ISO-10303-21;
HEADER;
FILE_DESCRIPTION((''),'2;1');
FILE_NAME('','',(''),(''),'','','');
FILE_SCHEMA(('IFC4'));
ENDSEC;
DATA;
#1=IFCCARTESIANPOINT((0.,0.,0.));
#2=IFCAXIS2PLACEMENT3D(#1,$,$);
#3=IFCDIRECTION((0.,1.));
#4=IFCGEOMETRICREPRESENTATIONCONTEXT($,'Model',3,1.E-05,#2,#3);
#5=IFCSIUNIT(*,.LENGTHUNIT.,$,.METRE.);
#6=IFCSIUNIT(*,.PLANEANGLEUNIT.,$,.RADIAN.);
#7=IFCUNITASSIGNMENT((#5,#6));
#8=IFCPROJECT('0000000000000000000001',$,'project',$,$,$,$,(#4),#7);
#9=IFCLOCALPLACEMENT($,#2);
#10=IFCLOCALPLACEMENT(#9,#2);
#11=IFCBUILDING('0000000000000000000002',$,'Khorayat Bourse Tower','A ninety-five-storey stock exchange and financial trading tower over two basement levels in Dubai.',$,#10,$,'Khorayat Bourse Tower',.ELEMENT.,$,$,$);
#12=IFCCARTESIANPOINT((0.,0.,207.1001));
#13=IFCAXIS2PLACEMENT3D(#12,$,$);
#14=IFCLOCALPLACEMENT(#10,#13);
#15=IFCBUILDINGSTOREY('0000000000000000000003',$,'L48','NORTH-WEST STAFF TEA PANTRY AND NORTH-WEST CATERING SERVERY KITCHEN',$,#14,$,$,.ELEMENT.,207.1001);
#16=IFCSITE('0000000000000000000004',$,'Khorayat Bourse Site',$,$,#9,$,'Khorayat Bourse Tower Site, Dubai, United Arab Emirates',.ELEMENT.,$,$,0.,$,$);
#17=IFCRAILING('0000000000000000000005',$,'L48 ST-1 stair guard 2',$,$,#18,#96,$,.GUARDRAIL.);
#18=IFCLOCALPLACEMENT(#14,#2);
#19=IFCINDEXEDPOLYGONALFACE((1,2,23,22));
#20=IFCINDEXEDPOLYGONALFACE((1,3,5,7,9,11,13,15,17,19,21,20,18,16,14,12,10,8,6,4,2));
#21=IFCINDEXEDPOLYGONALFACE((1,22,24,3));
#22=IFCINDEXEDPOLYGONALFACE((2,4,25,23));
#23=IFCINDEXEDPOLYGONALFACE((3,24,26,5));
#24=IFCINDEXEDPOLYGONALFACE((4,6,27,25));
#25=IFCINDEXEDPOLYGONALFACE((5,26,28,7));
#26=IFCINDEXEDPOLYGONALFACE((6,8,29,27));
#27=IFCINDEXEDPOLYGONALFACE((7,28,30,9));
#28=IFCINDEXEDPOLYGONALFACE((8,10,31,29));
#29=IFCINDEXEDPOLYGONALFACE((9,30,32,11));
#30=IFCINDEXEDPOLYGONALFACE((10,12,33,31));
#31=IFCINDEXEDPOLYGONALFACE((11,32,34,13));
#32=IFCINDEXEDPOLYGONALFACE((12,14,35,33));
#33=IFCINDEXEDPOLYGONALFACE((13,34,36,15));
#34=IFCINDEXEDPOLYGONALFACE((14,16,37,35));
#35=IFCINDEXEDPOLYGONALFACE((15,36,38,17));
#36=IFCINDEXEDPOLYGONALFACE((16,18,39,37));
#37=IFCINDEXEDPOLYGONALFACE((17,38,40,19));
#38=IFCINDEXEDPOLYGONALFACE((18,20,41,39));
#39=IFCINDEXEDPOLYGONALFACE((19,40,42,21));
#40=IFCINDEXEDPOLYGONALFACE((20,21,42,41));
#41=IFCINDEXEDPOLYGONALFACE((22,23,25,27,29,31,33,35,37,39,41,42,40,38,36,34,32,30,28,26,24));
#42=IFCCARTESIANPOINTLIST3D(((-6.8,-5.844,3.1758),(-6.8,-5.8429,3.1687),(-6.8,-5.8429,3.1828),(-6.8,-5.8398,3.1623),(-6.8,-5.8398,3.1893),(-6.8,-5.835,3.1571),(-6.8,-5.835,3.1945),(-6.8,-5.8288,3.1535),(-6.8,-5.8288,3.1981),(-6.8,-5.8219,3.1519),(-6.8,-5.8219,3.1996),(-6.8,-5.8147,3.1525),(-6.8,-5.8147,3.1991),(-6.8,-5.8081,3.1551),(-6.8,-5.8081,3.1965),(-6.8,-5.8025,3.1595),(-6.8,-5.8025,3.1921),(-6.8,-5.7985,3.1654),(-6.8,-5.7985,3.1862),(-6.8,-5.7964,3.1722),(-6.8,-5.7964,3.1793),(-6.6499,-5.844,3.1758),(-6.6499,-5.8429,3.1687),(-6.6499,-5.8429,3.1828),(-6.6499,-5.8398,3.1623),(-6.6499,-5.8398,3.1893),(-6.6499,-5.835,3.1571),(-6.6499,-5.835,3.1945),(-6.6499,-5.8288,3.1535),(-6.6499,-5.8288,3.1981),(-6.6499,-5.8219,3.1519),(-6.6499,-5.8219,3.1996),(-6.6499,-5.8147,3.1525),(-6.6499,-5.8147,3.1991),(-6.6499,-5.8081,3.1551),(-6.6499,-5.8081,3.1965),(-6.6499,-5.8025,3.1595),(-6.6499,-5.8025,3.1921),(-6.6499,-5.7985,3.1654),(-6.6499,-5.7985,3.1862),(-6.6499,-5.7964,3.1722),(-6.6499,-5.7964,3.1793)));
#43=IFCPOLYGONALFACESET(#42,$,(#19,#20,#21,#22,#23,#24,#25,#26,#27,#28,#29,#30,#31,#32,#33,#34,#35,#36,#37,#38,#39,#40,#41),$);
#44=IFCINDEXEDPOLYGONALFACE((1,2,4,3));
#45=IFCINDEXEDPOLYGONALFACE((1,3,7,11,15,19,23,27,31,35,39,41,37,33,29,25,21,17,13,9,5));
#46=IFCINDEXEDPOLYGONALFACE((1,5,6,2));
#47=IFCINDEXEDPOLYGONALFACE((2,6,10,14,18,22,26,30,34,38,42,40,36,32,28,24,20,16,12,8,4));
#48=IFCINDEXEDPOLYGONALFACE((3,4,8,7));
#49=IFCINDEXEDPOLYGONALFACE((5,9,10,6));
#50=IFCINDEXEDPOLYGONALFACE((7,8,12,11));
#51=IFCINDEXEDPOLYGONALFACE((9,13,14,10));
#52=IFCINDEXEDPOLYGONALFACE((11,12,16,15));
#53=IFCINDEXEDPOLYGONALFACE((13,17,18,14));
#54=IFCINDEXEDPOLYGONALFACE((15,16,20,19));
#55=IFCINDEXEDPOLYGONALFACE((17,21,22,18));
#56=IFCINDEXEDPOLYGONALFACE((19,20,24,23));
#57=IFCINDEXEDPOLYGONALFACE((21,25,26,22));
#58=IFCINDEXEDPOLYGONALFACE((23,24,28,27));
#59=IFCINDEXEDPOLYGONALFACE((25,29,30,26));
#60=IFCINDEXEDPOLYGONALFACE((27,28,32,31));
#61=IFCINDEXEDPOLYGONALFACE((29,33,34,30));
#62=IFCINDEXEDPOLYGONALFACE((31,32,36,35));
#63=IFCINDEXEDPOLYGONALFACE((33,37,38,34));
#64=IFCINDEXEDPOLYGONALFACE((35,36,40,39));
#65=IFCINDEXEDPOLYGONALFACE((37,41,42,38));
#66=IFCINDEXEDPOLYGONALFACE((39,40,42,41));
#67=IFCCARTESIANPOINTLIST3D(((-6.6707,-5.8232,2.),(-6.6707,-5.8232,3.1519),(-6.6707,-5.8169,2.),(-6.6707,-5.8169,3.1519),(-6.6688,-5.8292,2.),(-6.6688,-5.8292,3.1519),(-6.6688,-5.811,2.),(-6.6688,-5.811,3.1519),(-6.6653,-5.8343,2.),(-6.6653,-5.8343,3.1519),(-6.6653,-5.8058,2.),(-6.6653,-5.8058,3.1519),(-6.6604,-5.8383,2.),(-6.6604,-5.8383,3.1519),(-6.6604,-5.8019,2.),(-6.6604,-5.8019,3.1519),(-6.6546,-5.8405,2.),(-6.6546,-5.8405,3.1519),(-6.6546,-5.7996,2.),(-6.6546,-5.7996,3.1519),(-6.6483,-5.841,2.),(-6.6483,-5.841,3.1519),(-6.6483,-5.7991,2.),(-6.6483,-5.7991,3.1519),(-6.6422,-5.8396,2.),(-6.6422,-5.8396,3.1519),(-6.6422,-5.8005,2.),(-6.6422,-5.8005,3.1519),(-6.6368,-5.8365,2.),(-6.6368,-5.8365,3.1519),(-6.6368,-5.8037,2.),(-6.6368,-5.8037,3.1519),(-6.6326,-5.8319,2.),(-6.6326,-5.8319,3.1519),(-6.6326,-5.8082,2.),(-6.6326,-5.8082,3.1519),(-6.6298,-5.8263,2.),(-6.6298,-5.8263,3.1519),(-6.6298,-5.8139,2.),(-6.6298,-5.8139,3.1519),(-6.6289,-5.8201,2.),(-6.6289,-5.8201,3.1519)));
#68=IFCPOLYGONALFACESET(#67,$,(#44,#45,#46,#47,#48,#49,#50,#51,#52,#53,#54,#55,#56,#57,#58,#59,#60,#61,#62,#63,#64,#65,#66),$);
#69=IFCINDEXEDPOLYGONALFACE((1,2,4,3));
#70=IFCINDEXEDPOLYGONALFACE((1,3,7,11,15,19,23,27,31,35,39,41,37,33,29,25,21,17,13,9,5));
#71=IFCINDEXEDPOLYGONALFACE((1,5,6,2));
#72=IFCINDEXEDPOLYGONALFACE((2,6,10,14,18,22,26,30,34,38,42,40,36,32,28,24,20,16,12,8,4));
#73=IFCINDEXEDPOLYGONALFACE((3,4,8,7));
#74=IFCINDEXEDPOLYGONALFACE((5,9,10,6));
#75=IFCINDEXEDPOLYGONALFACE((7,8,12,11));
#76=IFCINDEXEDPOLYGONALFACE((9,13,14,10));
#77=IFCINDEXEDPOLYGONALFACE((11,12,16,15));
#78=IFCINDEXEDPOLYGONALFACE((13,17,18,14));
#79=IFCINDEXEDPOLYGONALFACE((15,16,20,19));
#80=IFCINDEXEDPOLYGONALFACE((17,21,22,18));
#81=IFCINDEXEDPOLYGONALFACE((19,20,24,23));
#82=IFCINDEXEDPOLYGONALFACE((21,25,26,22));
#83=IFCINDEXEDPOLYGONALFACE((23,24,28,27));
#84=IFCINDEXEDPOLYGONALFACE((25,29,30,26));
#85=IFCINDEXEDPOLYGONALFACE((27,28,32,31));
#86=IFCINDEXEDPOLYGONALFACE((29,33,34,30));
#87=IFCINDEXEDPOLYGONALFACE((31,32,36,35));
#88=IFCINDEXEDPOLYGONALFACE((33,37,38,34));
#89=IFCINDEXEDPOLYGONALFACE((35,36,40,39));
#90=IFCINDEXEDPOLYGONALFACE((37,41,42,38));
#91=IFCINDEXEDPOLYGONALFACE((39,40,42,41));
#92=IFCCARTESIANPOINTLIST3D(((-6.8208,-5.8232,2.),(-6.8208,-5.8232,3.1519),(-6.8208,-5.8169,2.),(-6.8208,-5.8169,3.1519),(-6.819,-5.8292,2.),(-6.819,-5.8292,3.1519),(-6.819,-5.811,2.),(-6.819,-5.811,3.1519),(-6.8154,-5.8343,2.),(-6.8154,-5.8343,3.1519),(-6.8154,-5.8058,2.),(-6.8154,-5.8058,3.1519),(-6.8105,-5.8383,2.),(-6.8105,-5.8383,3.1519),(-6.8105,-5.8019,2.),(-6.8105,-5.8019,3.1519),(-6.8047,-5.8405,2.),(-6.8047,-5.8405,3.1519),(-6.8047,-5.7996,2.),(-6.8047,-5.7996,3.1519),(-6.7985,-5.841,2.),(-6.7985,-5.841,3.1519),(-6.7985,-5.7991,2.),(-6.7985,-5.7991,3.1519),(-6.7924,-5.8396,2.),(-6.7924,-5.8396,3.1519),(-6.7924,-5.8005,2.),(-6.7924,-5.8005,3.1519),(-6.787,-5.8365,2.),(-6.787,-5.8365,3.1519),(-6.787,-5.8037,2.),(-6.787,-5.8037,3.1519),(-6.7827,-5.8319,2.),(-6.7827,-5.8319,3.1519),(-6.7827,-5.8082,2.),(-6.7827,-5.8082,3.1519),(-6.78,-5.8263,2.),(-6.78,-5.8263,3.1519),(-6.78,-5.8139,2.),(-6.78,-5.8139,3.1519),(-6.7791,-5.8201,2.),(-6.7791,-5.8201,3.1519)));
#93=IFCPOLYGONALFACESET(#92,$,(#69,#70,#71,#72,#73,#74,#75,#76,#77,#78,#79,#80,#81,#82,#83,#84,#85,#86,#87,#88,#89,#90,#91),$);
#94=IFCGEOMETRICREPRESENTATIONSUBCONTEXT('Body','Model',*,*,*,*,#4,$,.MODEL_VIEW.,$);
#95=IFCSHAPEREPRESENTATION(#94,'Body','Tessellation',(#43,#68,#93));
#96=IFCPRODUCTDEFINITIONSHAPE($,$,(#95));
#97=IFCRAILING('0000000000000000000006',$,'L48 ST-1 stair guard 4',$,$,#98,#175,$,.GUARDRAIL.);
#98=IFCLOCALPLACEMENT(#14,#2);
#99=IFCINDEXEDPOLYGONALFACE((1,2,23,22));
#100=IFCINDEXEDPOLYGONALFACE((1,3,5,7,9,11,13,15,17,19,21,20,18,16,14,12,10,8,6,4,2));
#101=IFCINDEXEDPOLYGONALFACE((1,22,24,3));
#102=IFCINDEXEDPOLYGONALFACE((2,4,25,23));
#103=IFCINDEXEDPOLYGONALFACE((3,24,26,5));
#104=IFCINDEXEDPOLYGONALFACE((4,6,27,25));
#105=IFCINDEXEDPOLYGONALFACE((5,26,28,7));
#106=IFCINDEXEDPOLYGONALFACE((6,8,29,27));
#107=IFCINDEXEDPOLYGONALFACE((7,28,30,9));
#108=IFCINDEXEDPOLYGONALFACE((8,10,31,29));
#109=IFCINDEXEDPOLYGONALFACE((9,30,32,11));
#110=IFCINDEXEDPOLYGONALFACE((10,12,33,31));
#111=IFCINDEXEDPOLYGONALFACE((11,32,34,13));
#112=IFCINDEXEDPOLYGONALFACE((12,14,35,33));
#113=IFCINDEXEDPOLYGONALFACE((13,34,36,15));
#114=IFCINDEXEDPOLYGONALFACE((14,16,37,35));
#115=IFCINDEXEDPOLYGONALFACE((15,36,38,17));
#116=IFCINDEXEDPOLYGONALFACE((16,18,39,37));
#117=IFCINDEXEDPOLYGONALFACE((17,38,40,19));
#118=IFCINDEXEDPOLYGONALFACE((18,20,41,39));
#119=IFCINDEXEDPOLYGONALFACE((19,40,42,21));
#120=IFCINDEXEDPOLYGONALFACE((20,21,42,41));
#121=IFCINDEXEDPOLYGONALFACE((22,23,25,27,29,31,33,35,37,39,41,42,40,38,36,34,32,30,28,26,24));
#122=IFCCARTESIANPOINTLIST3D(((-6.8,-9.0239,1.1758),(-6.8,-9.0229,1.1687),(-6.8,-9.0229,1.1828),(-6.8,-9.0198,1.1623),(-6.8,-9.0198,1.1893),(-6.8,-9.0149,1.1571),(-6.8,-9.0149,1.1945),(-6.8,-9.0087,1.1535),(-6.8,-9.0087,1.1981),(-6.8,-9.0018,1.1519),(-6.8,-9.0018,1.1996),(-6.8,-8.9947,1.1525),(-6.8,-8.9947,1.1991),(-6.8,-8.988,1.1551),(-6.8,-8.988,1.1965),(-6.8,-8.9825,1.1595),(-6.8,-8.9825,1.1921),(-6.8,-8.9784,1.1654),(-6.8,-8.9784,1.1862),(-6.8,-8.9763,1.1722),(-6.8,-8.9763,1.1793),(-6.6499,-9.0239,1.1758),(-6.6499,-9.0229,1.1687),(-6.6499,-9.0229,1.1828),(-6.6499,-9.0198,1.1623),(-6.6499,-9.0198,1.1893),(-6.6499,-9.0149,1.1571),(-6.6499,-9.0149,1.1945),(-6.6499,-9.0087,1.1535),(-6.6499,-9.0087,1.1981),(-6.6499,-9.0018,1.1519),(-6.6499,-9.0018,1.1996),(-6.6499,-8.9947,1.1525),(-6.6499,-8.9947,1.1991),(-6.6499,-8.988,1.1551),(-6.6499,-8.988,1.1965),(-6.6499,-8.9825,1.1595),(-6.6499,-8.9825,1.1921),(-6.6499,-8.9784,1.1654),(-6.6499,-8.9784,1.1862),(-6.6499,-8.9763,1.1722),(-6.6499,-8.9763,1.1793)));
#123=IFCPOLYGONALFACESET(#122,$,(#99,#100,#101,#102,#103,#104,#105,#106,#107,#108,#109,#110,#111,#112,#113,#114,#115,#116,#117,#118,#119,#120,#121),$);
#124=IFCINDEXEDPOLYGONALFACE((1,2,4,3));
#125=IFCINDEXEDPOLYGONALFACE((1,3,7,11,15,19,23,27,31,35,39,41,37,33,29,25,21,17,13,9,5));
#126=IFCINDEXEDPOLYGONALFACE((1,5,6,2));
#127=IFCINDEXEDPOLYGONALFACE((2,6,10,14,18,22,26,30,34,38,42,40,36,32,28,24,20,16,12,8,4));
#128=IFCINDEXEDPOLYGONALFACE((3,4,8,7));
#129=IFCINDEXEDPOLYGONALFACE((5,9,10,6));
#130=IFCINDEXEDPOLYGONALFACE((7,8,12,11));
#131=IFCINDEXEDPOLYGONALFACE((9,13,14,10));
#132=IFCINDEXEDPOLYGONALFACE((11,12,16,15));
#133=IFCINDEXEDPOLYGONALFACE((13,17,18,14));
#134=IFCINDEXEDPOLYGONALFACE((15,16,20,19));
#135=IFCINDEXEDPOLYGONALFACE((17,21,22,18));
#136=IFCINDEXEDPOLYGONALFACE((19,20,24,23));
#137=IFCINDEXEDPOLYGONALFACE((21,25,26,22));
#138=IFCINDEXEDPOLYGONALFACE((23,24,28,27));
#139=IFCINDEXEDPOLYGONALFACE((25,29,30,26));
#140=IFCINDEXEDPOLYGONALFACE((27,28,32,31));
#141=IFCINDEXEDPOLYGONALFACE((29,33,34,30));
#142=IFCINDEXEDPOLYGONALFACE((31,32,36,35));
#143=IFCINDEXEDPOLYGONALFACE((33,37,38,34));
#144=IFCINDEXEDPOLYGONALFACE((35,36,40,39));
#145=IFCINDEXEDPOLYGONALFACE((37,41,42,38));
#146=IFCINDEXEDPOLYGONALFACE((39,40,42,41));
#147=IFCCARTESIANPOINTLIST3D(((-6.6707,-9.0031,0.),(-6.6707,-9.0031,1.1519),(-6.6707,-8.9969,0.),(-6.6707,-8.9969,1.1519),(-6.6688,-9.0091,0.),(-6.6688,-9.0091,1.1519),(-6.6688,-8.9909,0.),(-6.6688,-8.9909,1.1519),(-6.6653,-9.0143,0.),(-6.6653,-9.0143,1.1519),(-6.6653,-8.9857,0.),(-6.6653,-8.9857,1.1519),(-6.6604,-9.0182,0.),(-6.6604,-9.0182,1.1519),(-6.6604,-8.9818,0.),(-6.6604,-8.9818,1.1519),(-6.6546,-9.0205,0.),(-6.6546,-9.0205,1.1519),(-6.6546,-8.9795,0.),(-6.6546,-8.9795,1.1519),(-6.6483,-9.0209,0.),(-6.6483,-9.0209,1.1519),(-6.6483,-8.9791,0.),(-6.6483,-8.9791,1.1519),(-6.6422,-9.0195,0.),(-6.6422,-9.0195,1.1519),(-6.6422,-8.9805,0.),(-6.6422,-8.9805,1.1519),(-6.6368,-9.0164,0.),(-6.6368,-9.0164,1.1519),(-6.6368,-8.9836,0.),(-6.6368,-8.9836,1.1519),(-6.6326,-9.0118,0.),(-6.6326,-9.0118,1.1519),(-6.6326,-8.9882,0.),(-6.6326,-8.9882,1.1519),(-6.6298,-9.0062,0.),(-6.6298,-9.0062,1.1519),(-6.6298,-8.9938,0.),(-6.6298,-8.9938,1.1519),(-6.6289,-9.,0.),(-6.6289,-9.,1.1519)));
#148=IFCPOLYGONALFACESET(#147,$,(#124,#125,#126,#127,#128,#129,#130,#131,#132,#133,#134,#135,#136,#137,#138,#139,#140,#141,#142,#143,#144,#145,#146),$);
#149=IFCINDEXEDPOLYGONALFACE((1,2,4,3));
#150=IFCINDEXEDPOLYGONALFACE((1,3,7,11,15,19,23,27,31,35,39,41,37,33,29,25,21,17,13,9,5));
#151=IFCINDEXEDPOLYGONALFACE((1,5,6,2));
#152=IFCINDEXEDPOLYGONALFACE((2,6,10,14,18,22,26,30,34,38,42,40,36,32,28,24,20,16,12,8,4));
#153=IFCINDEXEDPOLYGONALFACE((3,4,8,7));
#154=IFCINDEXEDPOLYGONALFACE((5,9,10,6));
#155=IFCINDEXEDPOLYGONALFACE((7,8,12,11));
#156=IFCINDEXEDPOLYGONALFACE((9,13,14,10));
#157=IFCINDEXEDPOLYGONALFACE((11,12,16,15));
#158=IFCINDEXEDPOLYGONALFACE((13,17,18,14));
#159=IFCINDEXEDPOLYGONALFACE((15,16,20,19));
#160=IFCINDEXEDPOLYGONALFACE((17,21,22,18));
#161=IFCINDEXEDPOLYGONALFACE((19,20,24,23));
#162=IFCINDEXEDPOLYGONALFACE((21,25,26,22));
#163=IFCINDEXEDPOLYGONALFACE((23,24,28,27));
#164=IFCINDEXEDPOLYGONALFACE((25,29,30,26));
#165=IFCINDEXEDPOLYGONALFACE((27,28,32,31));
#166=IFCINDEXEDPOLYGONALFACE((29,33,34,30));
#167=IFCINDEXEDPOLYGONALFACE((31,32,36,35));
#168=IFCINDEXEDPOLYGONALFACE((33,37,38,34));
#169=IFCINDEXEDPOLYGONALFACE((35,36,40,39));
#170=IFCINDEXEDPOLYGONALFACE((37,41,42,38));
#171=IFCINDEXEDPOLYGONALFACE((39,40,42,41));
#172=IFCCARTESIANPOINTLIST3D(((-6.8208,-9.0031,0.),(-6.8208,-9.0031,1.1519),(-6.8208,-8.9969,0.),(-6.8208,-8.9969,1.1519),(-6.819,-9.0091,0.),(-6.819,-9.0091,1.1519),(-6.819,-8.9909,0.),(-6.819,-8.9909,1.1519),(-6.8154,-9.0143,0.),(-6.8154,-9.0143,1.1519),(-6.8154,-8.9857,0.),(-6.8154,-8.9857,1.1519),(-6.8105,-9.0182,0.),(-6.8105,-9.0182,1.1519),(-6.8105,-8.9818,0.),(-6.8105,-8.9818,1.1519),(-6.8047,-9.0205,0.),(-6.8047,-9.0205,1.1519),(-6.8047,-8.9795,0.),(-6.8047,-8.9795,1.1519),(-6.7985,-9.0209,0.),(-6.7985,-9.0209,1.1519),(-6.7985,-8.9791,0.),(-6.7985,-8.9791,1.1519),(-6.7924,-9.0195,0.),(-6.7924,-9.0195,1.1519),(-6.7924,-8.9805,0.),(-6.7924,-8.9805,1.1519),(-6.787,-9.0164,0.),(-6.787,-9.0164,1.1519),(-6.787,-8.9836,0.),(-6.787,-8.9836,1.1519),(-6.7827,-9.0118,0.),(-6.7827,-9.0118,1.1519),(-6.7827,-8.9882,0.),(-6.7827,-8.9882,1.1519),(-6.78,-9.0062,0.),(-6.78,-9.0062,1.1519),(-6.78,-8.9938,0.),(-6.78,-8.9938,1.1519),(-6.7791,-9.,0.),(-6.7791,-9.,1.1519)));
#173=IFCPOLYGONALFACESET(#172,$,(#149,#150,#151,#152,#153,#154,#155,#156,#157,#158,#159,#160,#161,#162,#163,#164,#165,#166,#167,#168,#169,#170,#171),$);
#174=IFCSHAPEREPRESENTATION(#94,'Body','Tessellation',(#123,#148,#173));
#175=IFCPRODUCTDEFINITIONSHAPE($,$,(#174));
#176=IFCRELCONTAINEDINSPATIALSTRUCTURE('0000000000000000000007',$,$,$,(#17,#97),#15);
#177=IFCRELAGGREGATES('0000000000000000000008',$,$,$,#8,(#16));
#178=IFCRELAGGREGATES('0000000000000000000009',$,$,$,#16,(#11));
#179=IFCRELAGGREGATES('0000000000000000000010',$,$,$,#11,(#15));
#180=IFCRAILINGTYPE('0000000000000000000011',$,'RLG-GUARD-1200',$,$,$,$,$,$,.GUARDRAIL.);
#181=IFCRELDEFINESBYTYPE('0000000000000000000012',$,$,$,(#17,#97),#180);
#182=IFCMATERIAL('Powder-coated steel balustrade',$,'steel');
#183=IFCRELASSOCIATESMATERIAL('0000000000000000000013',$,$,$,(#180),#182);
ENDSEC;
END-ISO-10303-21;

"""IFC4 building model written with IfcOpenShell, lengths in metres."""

from ifc_helpers import new_model, si_unit, direction, frame, origin, origin_2d, place, context, subcontext, project, spatial, circle, extrude, source, transform, mapped, material, type_object, element, save


model = new_model("IFC4")

# Units and contexts
model_context = context("Model", 3, precision=1e-05, world=origin(), true_north=direction((0.0, 1.0)))
body_context = subcontext(model_context, "Body", "Model", "MODEL_VIEW")
ifc_project = project(units=[si_unit("LENGTHUNIT", "METRE"), si_unit("PLANEANGLEUNIT", "RADIAN")], contexts=[model_context])

# Site, building, storey
site_placement = place(None, origin())
site = spatial("IfcSite", under=ifc_project, at=site_placement, Name="Khorayat Bourse Site", LongName="Khorayat Bourse Tower Site, Dubai, United Arab Emirates", CompositionType="ELEMENT", RefElevation=0.0)
building_placement = place(site_placement, origin())
building = spatial("IfcBuilding", under=site, at=building_placement, Name="Khorayat Bourse Tower", Description="A ninety-five-storey stock exchange and financial trading tower over two basement levels in Dubai.", LongName="Khorayat Bourse Tower", CompositionType="ELEMENT")
storey_placement = place(building_placement, frame((0.0, 0.0, 207.1001)))
storey = spatial("IfcBuildingStorey", under=building, at=storey_placement, Name="L48", Description="NORTH-WEST STAFF TEA PANTRY AND NORTH-WEST CATERING SERVERY KITCHEN", CompositionType="ELEMENT", Elevation=207.1001)

# Railings
ifc_material_1 = material(Name="Powder-coated steel balustrade", Category="steel")
railing_type_1 = type_object("IfcRailingType", Name="RLG-GUARD-1200", PredefinedType="GUARDRAIL", material=ifc_material_1)
shared_shape_1 = source(origin(), body_context, "Body", "SweptSolid", [
    extrude(circle(Radius=0.0239, at=origin_2d()), frame((0.0, 0.0, 1.1758), z_axis=(-1.0, 0.0, 0.0), x_axis=(0.0, -1.0, 0.0)), (0.0, 0.0, 1.0), 0.1501),
    extrude(circle(Radius=0.021, at=origin_2d()), origin(), (0.0, 0.0, 1.0), 1.1519),
    extrude(circle(Radius=0.021, at=origin_2d()), frame((-0.1501, 0.0, 0.0)), (0.0, 0.0, 1.0), 1.1519),
])
for number, where, name in (
    (1, (-6.6499, -5.8201, 2.0), "L48 ST-1 stair guard 2"),
    (2, (-6.6499, -9.0, 0.0), "L48 ST-1 stair guard 4"),
):
    element("IfcRailing", number, at=place(storey_placement, frame(where)), inside=storey, type_object=railing_type_1, Name=name, PredefinedType="GUARDRAIL", context=body_context, shape_type="MappedRepresentation", body=[
        mapped(shared_shape_1, transform((0.0, 0.0, 0.0), scale=1.0)),
    ])

save(model, "model.ifc")
